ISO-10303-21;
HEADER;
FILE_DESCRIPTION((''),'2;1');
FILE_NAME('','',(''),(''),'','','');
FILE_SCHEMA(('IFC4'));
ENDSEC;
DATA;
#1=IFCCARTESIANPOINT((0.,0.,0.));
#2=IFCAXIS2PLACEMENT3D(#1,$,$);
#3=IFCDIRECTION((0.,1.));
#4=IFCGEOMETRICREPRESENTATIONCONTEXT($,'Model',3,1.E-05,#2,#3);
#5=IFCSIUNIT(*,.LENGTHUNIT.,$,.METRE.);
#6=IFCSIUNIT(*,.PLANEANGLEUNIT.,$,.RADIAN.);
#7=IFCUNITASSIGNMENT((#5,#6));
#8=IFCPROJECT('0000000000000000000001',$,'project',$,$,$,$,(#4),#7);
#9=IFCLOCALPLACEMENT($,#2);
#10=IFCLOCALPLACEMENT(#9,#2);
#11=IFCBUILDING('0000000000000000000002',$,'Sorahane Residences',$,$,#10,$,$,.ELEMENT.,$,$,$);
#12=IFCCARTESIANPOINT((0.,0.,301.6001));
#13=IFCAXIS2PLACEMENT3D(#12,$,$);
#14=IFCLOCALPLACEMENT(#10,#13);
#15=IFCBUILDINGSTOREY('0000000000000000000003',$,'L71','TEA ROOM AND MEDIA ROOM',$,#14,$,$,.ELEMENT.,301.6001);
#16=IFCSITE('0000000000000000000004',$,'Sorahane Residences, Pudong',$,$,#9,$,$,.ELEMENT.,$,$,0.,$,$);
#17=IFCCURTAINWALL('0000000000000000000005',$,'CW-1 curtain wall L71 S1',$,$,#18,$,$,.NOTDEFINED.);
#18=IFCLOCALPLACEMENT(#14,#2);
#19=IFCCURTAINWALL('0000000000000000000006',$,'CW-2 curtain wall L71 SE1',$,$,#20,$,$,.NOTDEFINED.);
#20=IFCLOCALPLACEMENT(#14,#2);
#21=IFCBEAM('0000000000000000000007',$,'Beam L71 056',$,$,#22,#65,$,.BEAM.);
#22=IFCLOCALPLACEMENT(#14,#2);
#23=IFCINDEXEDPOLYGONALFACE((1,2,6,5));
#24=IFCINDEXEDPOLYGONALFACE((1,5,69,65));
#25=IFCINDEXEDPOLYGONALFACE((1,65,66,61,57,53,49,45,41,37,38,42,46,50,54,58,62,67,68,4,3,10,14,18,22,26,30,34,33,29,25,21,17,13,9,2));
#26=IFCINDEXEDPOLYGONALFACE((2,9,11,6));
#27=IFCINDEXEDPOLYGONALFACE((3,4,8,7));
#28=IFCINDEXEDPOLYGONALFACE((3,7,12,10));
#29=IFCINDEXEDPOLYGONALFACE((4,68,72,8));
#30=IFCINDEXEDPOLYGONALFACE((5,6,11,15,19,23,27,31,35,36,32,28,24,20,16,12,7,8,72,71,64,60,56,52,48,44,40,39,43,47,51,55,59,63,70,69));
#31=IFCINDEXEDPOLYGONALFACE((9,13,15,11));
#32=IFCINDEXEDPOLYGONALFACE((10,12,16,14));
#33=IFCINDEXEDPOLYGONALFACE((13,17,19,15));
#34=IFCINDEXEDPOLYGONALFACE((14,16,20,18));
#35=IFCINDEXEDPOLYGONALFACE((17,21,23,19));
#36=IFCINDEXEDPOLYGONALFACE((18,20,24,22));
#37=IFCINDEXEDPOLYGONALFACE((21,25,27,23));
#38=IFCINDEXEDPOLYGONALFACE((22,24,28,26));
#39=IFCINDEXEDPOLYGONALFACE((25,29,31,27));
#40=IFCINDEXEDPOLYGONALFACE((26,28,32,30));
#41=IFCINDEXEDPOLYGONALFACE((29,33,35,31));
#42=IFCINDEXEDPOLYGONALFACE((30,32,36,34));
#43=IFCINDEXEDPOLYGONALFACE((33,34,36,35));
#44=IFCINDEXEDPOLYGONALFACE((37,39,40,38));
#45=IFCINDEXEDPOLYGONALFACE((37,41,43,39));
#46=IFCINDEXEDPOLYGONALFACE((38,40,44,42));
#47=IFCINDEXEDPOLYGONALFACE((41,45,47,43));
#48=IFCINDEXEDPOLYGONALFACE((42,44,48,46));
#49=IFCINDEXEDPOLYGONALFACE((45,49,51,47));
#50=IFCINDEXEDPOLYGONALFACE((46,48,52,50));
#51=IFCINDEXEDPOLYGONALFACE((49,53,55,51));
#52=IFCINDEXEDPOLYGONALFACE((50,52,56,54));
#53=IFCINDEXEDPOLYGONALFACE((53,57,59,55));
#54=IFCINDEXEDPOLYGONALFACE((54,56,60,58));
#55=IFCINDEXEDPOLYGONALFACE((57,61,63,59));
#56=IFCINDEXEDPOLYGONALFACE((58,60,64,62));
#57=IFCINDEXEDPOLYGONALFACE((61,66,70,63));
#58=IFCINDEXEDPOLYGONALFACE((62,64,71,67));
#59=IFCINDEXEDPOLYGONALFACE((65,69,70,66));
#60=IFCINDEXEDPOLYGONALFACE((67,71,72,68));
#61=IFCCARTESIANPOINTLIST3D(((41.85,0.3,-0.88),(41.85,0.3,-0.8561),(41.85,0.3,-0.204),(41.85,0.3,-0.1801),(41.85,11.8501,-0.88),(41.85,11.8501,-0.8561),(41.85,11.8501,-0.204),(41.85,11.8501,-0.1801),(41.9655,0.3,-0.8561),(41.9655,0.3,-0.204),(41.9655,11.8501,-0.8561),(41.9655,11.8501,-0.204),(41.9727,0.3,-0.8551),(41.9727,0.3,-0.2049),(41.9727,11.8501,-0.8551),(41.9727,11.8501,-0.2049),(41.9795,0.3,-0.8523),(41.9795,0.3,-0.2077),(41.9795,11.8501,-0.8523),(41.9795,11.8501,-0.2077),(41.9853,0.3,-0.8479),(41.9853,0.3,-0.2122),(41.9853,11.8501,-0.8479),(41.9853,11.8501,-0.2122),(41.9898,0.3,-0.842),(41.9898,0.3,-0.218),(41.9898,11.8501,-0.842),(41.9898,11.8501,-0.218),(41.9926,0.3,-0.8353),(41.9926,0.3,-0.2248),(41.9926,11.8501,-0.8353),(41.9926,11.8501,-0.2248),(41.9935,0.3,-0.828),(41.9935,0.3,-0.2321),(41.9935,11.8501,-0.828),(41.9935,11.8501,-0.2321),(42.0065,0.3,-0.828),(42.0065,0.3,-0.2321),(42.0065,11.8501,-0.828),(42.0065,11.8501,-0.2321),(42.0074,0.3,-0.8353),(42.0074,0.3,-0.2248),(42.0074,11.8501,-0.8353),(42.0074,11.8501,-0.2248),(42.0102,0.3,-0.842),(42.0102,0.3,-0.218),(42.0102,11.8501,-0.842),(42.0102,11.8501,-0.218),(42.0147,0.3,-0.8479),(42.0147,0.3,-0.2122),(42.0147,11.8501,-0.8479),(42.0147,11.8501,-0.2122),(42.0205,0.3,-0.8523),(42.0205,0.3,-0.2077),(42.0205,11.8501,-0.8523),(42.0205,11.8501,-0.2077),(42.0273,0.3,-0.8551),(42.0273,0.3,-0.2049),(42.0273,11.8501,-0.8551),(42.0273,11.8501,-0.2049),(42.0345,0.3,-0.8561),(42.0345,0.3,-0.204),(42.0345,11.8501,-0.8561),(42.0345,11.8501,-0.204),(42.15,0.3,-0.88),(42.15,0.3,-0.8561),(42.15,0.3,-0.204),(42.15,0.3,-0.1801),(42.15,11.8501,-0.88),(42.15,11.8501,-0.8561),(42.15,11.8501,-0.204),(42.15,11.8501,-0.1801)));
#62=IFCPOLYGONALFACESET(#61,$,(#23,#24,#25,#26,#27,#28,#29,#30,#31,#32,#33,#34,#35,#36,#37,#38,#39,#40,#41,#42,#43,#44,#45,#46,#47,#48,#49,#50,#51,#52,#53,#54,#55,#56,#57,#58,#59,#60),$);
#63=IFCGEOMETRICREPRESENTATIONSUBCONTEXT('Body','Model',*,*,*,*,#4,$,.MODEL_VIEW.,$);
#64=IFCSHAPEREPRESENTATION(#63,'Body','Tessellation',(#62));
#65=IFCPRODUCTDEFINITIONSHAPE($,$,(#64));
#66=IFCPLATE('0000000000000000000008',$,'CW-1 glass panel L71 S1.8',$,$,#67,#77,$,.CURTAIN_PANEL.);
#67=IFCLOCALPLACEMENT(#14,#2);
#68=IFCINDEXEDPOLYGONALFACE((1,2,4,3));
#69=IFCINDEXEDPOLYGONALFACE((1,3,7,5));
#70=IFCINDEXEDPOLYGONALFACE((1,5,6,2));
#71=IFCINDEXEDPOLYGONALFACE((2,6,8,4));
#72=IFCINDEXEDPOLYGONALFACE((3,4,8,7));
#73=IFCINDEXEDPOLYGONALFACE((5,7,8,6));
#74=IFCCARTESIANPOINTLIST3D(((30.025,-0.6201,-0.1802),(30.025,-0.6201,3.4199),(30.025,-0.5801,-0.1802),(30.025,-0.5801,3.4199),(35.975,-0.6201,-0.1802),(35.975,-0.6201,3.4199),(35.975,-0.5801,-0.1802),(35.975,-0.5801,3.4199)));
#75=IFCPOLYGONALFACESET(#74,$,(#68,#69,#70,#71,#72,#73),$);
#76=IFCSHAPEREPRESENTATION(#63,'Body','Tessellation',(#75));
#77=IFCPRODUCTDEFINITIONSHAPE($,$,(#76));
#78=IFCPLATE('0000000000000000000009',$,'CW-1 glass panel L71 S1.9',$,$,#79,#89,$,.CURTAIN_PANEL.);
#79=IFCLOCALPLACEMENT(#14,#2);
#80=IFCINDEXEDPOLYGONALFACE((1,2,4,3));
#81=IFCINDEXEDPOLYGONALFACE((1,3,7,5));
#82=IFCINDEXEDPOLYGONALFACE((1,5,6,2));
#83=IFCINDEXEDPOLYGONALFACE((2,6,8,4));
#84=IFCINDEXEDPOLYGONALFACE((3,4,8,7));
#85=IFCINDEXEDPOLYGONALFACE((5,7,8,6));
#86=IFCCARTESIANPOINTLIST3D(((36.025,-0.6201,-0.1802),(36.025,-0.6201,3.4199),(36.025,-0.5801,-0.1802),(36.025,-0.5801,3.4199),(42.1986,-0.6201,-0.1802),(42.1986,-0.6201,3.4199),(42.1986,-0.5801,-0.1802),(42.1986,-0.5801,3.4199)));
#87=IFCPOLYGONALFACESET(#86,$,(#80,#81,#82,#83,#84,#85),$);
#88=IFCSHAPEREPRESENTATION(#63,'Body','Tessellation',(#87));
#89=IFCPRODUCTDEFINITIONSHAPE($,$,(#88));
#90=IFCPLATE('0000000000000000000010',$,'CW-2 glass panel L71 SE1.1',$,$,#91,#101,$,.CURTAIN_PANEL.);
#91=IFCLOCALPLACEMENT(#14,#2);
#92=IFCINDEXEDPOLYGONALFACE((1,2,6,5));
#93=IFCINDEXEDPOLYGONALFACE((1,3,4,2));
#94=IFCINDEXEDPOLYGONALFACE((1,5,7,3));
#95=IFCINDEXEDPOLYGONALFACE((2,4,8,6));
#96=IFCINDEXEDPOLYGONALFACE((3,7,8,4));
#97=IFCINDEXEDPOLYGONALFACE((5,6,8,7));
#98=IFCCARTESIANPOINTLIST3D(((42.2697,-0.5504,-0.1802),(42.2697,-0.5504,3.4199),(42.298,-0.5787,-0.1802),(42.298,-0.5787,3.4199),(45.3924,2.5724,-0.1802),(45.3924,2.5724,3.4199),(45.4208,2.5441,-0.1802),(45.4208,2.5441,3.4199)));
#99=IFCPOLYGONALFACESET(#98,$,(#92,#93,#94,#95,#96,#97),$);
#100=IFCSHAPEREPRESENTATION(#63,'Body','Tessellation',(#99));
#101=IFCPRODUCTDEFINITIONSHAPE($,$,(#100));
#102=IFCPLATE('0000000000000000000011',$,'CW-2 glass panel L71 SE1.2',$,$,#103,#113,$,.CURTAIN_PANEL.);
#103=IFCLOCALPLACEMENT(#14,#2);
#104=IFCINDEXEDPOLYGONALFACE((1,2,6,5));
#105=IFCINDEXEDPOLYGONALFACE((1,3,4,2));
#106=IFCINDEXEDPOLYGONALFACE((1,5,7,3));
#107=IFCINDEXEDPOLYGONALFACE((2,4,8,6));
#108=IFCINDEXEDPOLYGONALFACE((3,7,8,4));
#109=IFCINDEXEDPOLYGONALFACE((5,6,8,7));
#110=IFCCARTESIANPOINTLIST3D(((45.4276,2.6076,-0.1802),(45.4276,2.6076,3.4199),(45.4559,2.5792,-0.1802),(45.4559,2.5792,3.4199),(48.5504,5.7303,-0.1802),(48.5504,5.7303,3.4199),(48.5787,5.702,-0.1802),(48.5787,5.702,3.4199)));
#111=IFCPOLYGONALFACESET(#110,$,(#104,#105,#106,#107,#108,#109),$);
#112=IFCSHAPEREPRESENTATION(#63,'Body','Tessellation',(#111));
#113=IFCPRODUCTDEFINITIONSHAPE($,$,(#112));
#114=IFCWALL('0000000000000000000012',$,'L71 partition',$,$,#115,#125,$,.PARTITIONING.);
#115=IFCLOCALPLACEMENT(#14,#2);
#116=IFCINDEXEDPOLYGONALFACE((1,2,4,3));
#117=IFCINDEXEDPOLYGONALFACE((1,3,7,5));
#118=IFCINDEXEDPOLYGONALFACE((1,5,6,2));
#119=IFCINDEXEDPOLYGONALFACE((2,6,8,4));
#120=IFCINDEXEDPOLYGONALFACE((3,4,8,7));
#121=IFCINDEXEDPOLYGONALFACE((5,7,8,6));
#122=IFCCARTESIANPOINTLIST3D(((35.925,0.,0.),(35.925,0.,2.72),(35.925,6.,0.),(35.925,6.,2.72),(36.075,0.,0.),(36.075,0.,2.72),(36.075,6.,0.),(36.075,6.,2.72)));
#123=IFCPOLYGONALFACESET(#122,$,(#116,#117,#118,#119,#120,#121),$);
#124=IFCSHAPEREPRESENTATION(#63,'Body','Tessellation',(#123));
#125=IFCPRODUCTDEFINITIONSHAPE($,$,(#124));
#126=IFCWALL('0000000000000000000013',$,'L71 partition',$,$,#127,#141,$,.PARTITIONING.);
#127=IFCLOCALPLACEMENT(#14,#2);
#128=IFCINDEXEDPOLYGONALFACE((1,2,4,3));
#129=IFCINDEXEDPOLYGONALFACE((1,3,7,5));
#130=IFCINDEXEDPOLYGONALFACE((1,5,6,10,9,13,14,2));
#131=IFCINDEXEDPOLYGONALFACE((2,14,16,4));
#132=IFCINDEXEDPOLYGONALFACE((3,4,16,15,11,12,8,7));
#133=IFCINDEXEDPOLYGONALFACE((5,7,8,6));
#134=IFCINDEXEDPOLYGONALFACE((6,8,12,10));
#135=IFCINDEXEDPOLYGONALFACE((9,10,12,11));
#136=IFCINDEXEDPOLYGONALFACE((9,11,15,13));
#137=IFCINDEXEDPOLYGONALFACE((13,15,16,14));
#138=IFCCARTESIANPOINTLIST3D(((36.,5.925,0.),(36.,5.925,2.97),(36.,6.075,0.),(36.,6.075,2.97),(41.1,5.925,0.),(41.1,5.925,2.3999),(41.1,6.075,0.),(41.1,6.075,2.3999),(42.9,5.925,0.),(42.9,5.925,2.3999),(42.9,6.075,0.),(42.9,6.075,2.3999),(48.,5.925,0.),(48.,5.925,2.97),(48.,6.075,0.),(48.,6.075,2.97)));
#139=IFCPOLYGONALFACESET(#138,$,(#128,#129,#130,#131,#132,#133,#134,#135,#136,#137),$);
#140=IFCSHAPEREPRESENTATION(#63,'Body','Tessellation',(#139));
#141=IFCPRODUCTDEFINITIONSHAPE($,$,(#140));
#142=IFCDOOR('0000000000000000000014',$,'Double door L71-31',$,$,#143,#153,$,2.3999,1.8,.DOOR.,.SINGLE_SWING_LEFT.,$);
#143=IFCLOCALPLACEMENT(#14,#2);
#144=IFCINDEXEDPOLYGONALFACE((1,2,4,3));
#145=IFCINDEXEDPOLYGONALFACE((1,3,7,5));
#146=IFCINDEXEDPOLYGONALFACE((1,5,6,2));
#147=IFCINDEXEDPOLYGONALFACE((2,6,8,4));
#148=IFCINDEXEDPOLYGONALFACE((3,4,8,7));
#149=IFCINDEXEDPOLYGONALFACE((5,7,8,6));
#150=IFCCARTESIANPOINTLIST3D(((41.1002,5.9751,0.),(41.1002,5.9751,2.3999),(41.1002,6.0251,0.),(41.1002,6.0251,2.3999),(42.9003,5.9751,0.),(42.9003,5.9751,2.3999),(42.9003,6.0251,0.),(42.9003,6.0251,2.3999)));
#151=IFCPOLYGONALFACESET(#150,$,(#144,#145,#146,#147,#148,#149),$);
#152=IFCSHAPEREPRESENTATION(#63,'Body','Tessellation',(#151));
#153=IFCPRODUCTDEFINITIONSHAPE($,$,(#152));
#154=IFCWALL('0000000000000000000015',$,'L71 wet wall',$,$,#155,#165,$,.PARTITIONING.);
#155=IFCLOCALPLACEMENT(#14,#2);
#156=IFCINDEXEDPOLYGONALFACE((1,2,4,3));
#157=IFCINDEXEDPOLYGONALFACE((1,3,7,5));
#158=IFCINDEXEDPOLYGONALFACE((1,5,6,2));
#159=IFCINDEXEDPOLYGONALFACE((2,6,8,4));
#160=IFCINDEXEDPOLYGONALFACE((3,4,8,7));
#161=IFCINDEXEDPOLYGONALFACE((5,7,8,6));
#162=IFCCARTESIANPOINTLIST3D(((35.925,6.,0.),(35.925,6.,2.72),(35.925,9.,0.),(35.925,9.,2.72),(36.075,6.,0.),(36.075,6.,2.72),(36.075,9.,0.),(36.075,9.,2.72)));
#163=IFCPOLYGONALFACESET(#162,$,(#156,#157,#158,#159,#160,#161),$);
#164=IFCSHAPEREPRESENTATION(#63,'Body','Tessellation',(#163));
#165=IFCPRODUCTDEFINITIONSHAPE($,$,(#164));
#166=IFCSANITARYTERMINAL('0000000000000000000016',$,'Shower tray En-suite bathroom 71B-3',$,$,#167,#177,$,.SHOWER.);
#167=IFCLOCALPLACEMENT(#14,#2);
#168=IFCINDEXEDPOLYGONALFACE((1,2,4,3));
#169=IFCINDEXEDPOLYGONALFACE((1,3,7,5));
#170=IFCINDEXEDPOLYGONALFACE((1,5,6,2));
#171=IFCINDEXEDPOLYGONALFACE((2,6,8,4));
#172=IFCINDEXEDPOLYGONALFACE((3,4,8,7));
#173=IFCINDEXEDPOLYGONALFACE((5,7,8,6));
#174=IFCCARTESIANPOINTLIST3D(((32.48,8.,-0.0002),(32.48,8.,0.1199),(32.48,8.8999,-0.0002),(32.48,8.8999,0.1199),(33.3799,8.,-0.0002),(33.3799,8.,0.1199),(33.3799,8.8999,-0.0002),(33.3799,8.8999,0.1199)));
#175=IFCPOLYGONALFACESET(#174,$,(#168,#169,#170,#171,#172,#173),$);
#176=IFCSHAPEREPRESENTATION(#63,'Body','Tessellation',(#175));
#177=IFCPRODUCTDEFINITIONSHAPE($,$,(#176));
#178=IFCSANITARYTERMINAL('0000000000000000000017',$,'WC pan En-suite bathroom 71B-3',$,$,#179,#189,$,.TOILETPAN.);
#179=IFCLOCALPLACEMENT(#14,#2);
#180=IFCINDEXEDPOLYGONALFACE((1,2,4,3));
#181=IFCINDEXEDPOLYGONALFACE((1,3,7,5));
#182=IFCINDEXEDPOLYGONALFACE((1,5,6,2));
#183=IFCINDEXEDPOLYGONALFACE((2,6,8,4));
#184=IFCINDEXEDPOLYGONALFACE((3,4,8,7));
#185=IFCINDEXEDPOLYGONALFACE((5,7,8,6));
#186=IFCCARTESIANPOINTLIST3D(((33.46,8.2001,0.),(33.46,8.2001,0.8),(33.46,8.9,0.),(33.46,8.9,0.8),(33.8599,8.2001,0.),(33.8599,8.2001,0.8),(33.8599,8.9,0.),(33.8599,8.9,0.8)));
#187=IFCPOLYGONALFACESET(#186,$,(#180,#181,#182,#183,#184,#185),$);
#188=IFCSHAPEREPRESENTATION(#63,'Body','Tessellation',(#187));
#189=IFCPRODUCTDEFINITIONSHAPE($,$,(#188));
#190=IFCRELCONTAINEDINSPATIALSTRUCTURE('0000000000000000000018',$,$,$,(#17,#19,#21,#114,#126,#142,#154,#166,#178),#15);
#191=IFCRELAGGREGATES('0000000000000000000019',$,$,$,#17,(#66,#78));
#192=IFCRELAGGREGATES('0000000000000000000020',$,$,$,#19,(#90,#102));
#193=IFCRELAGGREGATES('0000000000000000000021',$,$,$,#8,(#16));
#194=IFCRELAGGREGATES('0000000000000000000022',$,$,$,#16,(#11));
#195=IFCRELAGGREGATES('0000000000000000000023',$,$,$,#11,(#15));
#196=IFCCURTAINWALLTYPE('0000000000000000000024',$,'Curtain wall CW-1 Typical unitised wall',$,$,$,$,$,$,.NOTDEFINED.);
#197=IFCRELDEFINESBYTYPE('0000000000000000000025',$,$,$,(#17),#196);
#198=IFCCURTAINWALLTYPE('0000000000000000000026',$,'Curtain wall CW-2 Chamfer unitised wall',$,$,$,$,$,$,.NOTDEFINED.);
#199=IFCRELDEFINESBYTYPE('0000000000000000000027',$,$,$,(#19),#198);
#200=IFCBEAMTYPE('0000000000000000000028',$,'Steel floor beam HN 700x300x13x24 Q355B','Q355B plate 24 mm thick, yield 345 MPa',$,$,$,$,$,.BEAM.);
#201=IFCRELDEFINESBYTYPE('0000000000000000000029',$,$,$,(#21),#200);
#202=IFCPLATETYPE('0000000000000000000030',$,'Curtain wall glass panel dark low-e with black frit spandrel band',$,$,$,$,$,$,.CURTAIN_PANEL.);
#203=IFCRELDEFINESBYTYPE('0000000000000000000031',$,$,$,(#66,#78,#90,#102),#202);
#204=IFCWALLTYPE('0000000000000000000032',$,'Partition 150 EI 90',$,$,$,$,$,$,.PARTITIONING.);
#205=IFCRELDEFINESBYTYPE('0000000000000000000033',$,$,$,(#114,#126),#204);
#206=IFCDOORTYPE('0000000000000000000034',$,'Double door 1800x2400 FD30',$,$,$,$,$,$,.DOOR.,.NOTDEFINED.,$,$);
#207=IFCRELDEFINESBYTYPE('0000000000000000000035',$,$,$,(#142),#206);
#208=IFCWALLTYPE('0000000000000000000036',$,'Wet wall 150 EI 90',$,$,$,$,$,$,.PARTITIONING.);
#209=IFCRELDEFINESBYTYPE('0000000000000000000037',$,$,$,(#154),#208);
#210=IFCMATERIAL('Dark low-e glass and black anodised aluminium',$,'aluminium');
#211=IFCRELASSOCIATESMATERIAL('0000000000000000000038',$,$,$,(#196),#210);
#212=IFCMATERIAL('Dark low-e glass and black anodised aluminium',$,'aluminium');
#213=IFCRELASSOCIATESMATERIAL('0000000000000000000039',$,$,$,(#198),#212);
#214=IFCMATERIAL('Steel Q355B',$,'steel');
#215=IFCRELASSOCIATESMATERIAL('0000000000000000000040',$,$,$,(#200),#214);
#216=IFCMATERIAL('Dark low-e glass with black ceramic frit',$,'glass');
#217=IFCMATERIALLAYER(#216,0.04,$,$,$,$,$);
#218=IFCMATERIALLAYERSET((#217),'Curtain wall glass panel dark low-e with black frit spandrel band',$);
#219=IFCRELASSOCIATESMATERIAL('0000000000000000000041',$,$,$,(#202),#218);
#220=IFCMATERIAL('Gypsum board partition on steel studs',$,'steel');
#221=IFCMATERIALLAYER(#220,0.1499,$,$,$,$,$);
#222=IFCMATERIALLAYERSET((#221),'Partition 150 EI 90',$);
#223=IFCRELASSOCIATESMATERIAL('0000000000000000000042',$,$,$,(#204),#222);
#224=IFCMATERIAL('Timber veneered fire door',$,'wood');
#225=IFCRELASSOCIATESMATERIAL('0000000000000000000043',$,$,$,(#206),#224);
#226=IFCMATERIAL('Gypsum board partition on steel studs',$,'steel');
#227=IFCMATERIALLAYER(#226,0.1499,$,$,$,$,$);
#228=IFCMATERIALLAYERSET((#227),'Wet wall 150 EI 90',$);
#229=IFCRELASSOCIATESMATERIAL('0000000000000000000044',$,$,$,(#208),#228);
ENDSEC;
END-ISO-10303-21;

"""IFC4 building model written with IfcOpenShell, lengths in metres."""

from ifc_helpers import new_model, si_unit, direction, frame, frame_2d, origin, origin_2d, place, context, subcontext, project, spatial, rectangle, i_section, extrude, material, layer, layer_set, material_profile, profile_set, type_object, element, fill, aggregate, save


model = new_model("IFC4")

# Units and contexts
model_context = context("Model", 3, precision=1e-05, world=origin(), true_north=direction((0.0, 1.0)))
body_context = subcontext(model_context, "Body", "Model", "MODEL_VIEW")
ifc_project = project(units=[si_unit("LENGTHUNIT", "METRE"), si_unit("PLANEANGLEUNIT", "RADIAN")], contexts=[model_context])

# Site, building, storey
site_placement = place(None, origin())
site = spatial("IfcSite", under=ifc_project, at=site_placement, Name="Sorahane Residences, Pudong", CompositionType="ELEMENT", RefElevation=0.0)
building_placement = place(site_placement, origin())
building = spatial("IfcBuilding", under=site, at=building_placement, Name="Sorahane Residences", CompositionType="ELEMENT")
storey_placement = place(building_placement, frame((0.0, 0.0, 301.6001)))
storey = spatial("IfcBuildingStorey", under=building, at=storey_placement, Name="L71", Description="TEA ROOM AND MEDIA ROOM", CompositionType="ELEMENT", Elevation=301.6001)

# Curtain walls
ifc_material_1 = material(Name="Dark low-e glass and black anodised aluminium", Category="aluminium")
curtain_wall_type_1 = type_object("IfcCurtainWallType", Name="Curtain wall CW-1 Typical unitised wall", PredefinedType="NOTDEFINED", material=ifc_material_1)
curtain_wall_1_placement = place(storey_placement, origin())
curtain_wall_1 = element("IfcCurtainWall", 1, at=curtain_wall_1_placement, inside=storey, type_object=curtain_wall_type_1, Name="CW-1 curtain wall L71 S1", PredefinedType="NOTDEFINED")
ifc_material_2 = material(Name="Dark low-e glass and black anodised aluminium", Category="aluminium")
curtain_wall_type_2 = type_object("IfcCurtainWallType", Name="Curtain wall CW-2 Chamfer unitised wall", PredefinedType="NOTDEFINED", material=ifc_material_2)
curtain_wall_2_placement = place(storey_placement, origin())
curtain_wall_2 = element("IfcCurtainWall", 2, at=curtain_wall_2_placement, inside=storey, type_object=curtain_wall_type_2, Name="CW-2 curtain wall L71 SE1", PredefinedType="NOTDEFINED")

# Beam
ifc_material_3 = material(Name="Steel Q355B", Category="steel")
ifc_material_profile_1 = material_profile(ifc_material_3, i_section(OverallWidth=0.3, OverallDepth=0.7, WebThickness=0.0129, FlangeThickness=0.0239, FilletRadius=0.0281, at=origin_2d()), Name="HN 700x300x13x24")
ifc_profile_set_1 = profile_set([ifc_material_profile_1], Name="Steel Q355B")
beam_type_1 = type_object("IfcBeamType", Name="Steel floor beam HN 700x300x13x24 Q355B", Description="Q355B plate 24 mm thick, yield 345 MPa", PredefinedType="BEAM", material=ifc_profile_set_1)
beam_1_placement = place(storey_placement, frame((42.0, 0.3, -0.53), z_axis=(0.0, 1.0, 0.0), x_axis=(-1.0, 0.0, 0.0)))
element("IfcBeam", 3, at=beam_1_placement, inside=storey, type_object=beam_type_1, Name="Beam L71 056", PredefinedType="BEAM", context=body_context, shape_type="SweptSolid", body=[
    extrude(i_section(OverallWidth=0.3, OverallDepth=0.7, WebThickness=0.0129, FlangeThickness=0.0239, FilletRadius=0.0281, at=origin_2d()), origin(), (0.0, 0.0, 1.0), 11.55),
])

# Plates
ifc_material_4 = material(Name="Dark low-e glass with black ceramic frit", Category="glass")
ifc_layer_1 = layer(ifc_material_4, 0.04)
ifc_layer_set_1 = layer_set([ifc_layer_1], Name="Curtain wall glass panel dark low-e with black frit spandrel band")
plate_type = type_object("IfcPlateType", Name="Curtain wall glass panel dark low-e with black frit spandrel band", PredefinedType="CURTAIN_PANEL", material=ifc_layer_set_1)
plate_1_placement = place(storey_placement, frame((33.0, -0.6001, -0.1802), z_axis=(0.0, 0.0, 1.0), x_axis=(1.0, 0.0, 0.0)))
plate_1 = element("IfcPlate", 4, at=plate_1_placement, type_object=plate_type, Name="CW-1 glass panel L71 S1.8", PredefinedType="CURTAIN_PANEL", context=body_context, shape_type="SweptSolid", body=[
    extrude(rectangle(XDim=5.95, YDim=0.04, at=origin_2d()), origin(), (0.0, 0.0, 1.0), 3.6001),
])
plate_2_placement = place(storey_placement, frame((39.1118, -0.6001, -0.1802), z_axis=(0.0, 0.0, 1.0), x_axis=(1.0, 0.0, 0.0)))
plate_2 = element("IfcPlate", 5, at=plate_2_placement, type_object=plate_type, Name="CW-1 glass panel L71 S1.9", PredefinedType="CURTAIN_PANEL", context=body_context, shape_type="SweptSolid", body=[
    extrude(rectangle(XDim=6.1736, YDim=0.04, at=origin_2d()), origin(), (0.0, 0.0, 1.0), 3.6001),
])
aggregate(curtain_wall_1, [plate_1, plate_2])
plate_3_placement = place(storey_placement, frame((43.8452, 0.9968, -0.1802), z_axis=(0.0, 0.0, 1.0), x_axis=(0.707107, 0.707107, 0.0)))
plate_3 = element("IfcPlate", 6, at=plate_3_placement, type_object=plate_type, Name="CW-2 glass panel L71 SE1.1", PredefinedType="CURTAIN_PANEL", context=body_context, shape_type="SweptSolid", body=[
    extrude(rectangle(XDim=4.4163, YDim=0.04, at=origin_2d()), origin(), (0.0, 0.0, 1.0), 3.6001),
])
plate_4_placement = place(storey_placement, frame((47.0032, 4.1548, -0.1802), z_axis=(0.0, 0.0, 1.0), x_axis=(0.707107, 0.707107, 0.0)))
plate_4 = element("IfcPlate", 7, at=plate_4_placement, type_object=plate_type, Name="CW-2 glass panel L71 SE1.2", PredefinedType="CURTAIN_PANEL", context=body_context, shape_type="SweptSolid", body=[
    extrude(rectangle(XDim=4.4163, YDim=0.04, at=origin_2d()), origin(), (0.0, 0.0, 1.0), 3.6001),
])
aggregate(curtain_wall_2, [plate_3, plate_4])

# Wall
ifc_material_5 = material(Name="Gypsum board partition on steel studs", Category="steel")
ifc_layer_2 = layer(ifc_material_5, 0.1499)
ifc_layer_set_2 = layer_set([ifc_layer_2], Name="Partition 150 EI 90")
wall_type_1 = type_object("IfcWallType", Name="Partition 150 EI 90", PredefinedType="PARTITIONING", material=ifc_layer_set_2)
wall_1_placement = place(storey_placement, frame((36.0, 0.0, 0.0), z_axis=(0.0, 0.0, 1.0), x_axis=(0.0, 1.0, 0.0)))
element("IfcWall", 8, at=wall_1_placement, inside=storey, type_object=wall_type_1, Name="L71 partition", PredefinedType="PARTITIONING", context=body_context, shape_type="SweptSolid", body=[
    extrude(rectangle(XDim=6.0, YDim=0.1499, at=frame_2d((3.0, 0.0))), origin(), (0.0, 0.0, 1.0), 2.72),
])

# Wall, opening, door
wall_2_placement = place(storey_placement, frame((36.0, 6.0, 0.0), z_axis=(0.0, 0.0, 1.0), x_axis=(1.0, 0.0, 0.0)))
wall_2 = element("IfcWall", 9, at=wall_2_placement, inside=storey, type_object=wall_type_1, Name="L71 partition", PredefinedType="PARTITIONING", context=body_context, shape_type="SweptSolid", body=[
    extrude(rectangle(XDim=12.0, YDim=0.1499, at=frame_2d((6.0, 0.0))), origin(), (0.0, 0.0, 1.0), 2.97),
])
opening_1_placement = place(wall_2_placement, frame((5.1001, 0.0, 0.0)))
opening_1 = element("IfcOpeningElement", 10, at=opening_1_placement, cuts=wall_2, PredefinedType="OPENING", context=body_context, shape_type="SweptSolid", body=[
    extrude(rectangle(XDim=1.8, YDim=2.3999, at=frame_2d((0.8999, 1.2))), frame((0.0, 0.085, 0.0), z_axis=(0.0, -1.0, 0.0), x_axis=(1.0, 0.0, 0.0)), (0.0, 0.0, 1.0), 0.1699),
])
ifc_material_6 = material(Name="Timber veneered fire door", Category="wood")
door_type_1 = type_object("IfcDoorType", Name="Double door 1800x2400 FD30", OperationType="NOTDEFINED", PredefinedType="DOOR", material=ifc_material_6)
door_1_placement = place(opening_1_placement, frame((1.8, 0.0, 0.0), z_axis=(0.0, 0.0, 1.0), x_axis=(-1.0, 0.0, 0.0)))
door_1 = element("IfcDoor", 11, at=door_1_placement, inside=storey, type_object=door_type_1, Name="Double door L71-31", OperationType="SINGLE_SWING_LEFT", OverallHeight=2.3999, OverallWidth=1.8, PredefinedType="DOOR", context=body_context, shape_type="SweptSolid", body=[
    extrude(rectangle(XDim=1.8, YDim=2.3999, at=frame_2d((0.8999, 1.2))), frame((0.0, 0.0249, 0.0), z_axis=(0.0, -1.0, 0.0), x_axis=(1.0, 0.0, 0.0)), (0.0, 0.0, 1.0), 0.05),
])
fill(opening_1, door_1)

# Wall
ifc_material_7 = material(Name="Gypsum board partition on steel studs", Category="steel")
ifc_layer_3 = layer(ifc_material_7, 0.1499)
ifc_layer_set_3 = layer_set([ifc_layer_3], Name="Wet wall 150 EI 90")
wall_type_2 = type_object("IfcWallType", Name="Wet wall 150 EI 90", PredefinedType="PARTITIONING", material=ifc_layer_set_3)
wall_3_placement = place(storey_placement, frame((36.0, 6.0, 0.0), z_axis=(0.0, 0.0, 1.0), x_axis=(0.0, 1.0, 0.0)))
element("IfcWall", 12, at=wall_3_placement, inside=storey, type_object=wall_type_2, Name="L71 wet wall", PredefinedType="PARTITIONING", context=body_context, shape_type="SweptSolid", body=[
    extrude(rectangle(XDim=3.0, YDim=0.1499, at=frame_2d((1.5, 0.0))), origin(), (0.0, 0.0, 1.0), 2.72),
])

# Sanitary terminals
sanitary_terminal_1_placement = place(storey_placement, frame((32.9299, 8.45, -0.0002), z_axis=(0.0, 0.0, 1.0), x_axis=(1.0, 0.0, 0.0)))
element("IfcSanitaryTerminal", 13, at=sanitary_terminal_1_placement, inside=storey, Name="Shower tray En-suite bathroom 71B-3", PredefinedType="SHOWER", context=body_context, shape_type="SweptSolid", body=[
    extrude(rectangle(XDim=0.8999, YDim=0.8999, at=origin_2d()), origin(), (0.0, 0.0, 1.0), 0.1201),
])
sanitary_terminal_2_placement = place(storey_placement, frame((33.6599, 8.55, 0.0), z_axis=(0.0, 0.0, 1.0), x_axis=(1.0, 0.0, 0.0)))
element("IfcSanitaryTerminal", 14, at=sanitary_terminal_2_placement, inside=storey, Name="WC pan En-suite bathroom 71B-3", PredefinedType="TOILETPAN", context=body_context, shape_type="SweptSolid", body=[
    extrude(rectangle(XDim=0.3999, YDim=0.7, at=origin_2d()), origin(), (0.0, 0.0, 1.0), 0.8),
])

save(model, "model.ifc")
